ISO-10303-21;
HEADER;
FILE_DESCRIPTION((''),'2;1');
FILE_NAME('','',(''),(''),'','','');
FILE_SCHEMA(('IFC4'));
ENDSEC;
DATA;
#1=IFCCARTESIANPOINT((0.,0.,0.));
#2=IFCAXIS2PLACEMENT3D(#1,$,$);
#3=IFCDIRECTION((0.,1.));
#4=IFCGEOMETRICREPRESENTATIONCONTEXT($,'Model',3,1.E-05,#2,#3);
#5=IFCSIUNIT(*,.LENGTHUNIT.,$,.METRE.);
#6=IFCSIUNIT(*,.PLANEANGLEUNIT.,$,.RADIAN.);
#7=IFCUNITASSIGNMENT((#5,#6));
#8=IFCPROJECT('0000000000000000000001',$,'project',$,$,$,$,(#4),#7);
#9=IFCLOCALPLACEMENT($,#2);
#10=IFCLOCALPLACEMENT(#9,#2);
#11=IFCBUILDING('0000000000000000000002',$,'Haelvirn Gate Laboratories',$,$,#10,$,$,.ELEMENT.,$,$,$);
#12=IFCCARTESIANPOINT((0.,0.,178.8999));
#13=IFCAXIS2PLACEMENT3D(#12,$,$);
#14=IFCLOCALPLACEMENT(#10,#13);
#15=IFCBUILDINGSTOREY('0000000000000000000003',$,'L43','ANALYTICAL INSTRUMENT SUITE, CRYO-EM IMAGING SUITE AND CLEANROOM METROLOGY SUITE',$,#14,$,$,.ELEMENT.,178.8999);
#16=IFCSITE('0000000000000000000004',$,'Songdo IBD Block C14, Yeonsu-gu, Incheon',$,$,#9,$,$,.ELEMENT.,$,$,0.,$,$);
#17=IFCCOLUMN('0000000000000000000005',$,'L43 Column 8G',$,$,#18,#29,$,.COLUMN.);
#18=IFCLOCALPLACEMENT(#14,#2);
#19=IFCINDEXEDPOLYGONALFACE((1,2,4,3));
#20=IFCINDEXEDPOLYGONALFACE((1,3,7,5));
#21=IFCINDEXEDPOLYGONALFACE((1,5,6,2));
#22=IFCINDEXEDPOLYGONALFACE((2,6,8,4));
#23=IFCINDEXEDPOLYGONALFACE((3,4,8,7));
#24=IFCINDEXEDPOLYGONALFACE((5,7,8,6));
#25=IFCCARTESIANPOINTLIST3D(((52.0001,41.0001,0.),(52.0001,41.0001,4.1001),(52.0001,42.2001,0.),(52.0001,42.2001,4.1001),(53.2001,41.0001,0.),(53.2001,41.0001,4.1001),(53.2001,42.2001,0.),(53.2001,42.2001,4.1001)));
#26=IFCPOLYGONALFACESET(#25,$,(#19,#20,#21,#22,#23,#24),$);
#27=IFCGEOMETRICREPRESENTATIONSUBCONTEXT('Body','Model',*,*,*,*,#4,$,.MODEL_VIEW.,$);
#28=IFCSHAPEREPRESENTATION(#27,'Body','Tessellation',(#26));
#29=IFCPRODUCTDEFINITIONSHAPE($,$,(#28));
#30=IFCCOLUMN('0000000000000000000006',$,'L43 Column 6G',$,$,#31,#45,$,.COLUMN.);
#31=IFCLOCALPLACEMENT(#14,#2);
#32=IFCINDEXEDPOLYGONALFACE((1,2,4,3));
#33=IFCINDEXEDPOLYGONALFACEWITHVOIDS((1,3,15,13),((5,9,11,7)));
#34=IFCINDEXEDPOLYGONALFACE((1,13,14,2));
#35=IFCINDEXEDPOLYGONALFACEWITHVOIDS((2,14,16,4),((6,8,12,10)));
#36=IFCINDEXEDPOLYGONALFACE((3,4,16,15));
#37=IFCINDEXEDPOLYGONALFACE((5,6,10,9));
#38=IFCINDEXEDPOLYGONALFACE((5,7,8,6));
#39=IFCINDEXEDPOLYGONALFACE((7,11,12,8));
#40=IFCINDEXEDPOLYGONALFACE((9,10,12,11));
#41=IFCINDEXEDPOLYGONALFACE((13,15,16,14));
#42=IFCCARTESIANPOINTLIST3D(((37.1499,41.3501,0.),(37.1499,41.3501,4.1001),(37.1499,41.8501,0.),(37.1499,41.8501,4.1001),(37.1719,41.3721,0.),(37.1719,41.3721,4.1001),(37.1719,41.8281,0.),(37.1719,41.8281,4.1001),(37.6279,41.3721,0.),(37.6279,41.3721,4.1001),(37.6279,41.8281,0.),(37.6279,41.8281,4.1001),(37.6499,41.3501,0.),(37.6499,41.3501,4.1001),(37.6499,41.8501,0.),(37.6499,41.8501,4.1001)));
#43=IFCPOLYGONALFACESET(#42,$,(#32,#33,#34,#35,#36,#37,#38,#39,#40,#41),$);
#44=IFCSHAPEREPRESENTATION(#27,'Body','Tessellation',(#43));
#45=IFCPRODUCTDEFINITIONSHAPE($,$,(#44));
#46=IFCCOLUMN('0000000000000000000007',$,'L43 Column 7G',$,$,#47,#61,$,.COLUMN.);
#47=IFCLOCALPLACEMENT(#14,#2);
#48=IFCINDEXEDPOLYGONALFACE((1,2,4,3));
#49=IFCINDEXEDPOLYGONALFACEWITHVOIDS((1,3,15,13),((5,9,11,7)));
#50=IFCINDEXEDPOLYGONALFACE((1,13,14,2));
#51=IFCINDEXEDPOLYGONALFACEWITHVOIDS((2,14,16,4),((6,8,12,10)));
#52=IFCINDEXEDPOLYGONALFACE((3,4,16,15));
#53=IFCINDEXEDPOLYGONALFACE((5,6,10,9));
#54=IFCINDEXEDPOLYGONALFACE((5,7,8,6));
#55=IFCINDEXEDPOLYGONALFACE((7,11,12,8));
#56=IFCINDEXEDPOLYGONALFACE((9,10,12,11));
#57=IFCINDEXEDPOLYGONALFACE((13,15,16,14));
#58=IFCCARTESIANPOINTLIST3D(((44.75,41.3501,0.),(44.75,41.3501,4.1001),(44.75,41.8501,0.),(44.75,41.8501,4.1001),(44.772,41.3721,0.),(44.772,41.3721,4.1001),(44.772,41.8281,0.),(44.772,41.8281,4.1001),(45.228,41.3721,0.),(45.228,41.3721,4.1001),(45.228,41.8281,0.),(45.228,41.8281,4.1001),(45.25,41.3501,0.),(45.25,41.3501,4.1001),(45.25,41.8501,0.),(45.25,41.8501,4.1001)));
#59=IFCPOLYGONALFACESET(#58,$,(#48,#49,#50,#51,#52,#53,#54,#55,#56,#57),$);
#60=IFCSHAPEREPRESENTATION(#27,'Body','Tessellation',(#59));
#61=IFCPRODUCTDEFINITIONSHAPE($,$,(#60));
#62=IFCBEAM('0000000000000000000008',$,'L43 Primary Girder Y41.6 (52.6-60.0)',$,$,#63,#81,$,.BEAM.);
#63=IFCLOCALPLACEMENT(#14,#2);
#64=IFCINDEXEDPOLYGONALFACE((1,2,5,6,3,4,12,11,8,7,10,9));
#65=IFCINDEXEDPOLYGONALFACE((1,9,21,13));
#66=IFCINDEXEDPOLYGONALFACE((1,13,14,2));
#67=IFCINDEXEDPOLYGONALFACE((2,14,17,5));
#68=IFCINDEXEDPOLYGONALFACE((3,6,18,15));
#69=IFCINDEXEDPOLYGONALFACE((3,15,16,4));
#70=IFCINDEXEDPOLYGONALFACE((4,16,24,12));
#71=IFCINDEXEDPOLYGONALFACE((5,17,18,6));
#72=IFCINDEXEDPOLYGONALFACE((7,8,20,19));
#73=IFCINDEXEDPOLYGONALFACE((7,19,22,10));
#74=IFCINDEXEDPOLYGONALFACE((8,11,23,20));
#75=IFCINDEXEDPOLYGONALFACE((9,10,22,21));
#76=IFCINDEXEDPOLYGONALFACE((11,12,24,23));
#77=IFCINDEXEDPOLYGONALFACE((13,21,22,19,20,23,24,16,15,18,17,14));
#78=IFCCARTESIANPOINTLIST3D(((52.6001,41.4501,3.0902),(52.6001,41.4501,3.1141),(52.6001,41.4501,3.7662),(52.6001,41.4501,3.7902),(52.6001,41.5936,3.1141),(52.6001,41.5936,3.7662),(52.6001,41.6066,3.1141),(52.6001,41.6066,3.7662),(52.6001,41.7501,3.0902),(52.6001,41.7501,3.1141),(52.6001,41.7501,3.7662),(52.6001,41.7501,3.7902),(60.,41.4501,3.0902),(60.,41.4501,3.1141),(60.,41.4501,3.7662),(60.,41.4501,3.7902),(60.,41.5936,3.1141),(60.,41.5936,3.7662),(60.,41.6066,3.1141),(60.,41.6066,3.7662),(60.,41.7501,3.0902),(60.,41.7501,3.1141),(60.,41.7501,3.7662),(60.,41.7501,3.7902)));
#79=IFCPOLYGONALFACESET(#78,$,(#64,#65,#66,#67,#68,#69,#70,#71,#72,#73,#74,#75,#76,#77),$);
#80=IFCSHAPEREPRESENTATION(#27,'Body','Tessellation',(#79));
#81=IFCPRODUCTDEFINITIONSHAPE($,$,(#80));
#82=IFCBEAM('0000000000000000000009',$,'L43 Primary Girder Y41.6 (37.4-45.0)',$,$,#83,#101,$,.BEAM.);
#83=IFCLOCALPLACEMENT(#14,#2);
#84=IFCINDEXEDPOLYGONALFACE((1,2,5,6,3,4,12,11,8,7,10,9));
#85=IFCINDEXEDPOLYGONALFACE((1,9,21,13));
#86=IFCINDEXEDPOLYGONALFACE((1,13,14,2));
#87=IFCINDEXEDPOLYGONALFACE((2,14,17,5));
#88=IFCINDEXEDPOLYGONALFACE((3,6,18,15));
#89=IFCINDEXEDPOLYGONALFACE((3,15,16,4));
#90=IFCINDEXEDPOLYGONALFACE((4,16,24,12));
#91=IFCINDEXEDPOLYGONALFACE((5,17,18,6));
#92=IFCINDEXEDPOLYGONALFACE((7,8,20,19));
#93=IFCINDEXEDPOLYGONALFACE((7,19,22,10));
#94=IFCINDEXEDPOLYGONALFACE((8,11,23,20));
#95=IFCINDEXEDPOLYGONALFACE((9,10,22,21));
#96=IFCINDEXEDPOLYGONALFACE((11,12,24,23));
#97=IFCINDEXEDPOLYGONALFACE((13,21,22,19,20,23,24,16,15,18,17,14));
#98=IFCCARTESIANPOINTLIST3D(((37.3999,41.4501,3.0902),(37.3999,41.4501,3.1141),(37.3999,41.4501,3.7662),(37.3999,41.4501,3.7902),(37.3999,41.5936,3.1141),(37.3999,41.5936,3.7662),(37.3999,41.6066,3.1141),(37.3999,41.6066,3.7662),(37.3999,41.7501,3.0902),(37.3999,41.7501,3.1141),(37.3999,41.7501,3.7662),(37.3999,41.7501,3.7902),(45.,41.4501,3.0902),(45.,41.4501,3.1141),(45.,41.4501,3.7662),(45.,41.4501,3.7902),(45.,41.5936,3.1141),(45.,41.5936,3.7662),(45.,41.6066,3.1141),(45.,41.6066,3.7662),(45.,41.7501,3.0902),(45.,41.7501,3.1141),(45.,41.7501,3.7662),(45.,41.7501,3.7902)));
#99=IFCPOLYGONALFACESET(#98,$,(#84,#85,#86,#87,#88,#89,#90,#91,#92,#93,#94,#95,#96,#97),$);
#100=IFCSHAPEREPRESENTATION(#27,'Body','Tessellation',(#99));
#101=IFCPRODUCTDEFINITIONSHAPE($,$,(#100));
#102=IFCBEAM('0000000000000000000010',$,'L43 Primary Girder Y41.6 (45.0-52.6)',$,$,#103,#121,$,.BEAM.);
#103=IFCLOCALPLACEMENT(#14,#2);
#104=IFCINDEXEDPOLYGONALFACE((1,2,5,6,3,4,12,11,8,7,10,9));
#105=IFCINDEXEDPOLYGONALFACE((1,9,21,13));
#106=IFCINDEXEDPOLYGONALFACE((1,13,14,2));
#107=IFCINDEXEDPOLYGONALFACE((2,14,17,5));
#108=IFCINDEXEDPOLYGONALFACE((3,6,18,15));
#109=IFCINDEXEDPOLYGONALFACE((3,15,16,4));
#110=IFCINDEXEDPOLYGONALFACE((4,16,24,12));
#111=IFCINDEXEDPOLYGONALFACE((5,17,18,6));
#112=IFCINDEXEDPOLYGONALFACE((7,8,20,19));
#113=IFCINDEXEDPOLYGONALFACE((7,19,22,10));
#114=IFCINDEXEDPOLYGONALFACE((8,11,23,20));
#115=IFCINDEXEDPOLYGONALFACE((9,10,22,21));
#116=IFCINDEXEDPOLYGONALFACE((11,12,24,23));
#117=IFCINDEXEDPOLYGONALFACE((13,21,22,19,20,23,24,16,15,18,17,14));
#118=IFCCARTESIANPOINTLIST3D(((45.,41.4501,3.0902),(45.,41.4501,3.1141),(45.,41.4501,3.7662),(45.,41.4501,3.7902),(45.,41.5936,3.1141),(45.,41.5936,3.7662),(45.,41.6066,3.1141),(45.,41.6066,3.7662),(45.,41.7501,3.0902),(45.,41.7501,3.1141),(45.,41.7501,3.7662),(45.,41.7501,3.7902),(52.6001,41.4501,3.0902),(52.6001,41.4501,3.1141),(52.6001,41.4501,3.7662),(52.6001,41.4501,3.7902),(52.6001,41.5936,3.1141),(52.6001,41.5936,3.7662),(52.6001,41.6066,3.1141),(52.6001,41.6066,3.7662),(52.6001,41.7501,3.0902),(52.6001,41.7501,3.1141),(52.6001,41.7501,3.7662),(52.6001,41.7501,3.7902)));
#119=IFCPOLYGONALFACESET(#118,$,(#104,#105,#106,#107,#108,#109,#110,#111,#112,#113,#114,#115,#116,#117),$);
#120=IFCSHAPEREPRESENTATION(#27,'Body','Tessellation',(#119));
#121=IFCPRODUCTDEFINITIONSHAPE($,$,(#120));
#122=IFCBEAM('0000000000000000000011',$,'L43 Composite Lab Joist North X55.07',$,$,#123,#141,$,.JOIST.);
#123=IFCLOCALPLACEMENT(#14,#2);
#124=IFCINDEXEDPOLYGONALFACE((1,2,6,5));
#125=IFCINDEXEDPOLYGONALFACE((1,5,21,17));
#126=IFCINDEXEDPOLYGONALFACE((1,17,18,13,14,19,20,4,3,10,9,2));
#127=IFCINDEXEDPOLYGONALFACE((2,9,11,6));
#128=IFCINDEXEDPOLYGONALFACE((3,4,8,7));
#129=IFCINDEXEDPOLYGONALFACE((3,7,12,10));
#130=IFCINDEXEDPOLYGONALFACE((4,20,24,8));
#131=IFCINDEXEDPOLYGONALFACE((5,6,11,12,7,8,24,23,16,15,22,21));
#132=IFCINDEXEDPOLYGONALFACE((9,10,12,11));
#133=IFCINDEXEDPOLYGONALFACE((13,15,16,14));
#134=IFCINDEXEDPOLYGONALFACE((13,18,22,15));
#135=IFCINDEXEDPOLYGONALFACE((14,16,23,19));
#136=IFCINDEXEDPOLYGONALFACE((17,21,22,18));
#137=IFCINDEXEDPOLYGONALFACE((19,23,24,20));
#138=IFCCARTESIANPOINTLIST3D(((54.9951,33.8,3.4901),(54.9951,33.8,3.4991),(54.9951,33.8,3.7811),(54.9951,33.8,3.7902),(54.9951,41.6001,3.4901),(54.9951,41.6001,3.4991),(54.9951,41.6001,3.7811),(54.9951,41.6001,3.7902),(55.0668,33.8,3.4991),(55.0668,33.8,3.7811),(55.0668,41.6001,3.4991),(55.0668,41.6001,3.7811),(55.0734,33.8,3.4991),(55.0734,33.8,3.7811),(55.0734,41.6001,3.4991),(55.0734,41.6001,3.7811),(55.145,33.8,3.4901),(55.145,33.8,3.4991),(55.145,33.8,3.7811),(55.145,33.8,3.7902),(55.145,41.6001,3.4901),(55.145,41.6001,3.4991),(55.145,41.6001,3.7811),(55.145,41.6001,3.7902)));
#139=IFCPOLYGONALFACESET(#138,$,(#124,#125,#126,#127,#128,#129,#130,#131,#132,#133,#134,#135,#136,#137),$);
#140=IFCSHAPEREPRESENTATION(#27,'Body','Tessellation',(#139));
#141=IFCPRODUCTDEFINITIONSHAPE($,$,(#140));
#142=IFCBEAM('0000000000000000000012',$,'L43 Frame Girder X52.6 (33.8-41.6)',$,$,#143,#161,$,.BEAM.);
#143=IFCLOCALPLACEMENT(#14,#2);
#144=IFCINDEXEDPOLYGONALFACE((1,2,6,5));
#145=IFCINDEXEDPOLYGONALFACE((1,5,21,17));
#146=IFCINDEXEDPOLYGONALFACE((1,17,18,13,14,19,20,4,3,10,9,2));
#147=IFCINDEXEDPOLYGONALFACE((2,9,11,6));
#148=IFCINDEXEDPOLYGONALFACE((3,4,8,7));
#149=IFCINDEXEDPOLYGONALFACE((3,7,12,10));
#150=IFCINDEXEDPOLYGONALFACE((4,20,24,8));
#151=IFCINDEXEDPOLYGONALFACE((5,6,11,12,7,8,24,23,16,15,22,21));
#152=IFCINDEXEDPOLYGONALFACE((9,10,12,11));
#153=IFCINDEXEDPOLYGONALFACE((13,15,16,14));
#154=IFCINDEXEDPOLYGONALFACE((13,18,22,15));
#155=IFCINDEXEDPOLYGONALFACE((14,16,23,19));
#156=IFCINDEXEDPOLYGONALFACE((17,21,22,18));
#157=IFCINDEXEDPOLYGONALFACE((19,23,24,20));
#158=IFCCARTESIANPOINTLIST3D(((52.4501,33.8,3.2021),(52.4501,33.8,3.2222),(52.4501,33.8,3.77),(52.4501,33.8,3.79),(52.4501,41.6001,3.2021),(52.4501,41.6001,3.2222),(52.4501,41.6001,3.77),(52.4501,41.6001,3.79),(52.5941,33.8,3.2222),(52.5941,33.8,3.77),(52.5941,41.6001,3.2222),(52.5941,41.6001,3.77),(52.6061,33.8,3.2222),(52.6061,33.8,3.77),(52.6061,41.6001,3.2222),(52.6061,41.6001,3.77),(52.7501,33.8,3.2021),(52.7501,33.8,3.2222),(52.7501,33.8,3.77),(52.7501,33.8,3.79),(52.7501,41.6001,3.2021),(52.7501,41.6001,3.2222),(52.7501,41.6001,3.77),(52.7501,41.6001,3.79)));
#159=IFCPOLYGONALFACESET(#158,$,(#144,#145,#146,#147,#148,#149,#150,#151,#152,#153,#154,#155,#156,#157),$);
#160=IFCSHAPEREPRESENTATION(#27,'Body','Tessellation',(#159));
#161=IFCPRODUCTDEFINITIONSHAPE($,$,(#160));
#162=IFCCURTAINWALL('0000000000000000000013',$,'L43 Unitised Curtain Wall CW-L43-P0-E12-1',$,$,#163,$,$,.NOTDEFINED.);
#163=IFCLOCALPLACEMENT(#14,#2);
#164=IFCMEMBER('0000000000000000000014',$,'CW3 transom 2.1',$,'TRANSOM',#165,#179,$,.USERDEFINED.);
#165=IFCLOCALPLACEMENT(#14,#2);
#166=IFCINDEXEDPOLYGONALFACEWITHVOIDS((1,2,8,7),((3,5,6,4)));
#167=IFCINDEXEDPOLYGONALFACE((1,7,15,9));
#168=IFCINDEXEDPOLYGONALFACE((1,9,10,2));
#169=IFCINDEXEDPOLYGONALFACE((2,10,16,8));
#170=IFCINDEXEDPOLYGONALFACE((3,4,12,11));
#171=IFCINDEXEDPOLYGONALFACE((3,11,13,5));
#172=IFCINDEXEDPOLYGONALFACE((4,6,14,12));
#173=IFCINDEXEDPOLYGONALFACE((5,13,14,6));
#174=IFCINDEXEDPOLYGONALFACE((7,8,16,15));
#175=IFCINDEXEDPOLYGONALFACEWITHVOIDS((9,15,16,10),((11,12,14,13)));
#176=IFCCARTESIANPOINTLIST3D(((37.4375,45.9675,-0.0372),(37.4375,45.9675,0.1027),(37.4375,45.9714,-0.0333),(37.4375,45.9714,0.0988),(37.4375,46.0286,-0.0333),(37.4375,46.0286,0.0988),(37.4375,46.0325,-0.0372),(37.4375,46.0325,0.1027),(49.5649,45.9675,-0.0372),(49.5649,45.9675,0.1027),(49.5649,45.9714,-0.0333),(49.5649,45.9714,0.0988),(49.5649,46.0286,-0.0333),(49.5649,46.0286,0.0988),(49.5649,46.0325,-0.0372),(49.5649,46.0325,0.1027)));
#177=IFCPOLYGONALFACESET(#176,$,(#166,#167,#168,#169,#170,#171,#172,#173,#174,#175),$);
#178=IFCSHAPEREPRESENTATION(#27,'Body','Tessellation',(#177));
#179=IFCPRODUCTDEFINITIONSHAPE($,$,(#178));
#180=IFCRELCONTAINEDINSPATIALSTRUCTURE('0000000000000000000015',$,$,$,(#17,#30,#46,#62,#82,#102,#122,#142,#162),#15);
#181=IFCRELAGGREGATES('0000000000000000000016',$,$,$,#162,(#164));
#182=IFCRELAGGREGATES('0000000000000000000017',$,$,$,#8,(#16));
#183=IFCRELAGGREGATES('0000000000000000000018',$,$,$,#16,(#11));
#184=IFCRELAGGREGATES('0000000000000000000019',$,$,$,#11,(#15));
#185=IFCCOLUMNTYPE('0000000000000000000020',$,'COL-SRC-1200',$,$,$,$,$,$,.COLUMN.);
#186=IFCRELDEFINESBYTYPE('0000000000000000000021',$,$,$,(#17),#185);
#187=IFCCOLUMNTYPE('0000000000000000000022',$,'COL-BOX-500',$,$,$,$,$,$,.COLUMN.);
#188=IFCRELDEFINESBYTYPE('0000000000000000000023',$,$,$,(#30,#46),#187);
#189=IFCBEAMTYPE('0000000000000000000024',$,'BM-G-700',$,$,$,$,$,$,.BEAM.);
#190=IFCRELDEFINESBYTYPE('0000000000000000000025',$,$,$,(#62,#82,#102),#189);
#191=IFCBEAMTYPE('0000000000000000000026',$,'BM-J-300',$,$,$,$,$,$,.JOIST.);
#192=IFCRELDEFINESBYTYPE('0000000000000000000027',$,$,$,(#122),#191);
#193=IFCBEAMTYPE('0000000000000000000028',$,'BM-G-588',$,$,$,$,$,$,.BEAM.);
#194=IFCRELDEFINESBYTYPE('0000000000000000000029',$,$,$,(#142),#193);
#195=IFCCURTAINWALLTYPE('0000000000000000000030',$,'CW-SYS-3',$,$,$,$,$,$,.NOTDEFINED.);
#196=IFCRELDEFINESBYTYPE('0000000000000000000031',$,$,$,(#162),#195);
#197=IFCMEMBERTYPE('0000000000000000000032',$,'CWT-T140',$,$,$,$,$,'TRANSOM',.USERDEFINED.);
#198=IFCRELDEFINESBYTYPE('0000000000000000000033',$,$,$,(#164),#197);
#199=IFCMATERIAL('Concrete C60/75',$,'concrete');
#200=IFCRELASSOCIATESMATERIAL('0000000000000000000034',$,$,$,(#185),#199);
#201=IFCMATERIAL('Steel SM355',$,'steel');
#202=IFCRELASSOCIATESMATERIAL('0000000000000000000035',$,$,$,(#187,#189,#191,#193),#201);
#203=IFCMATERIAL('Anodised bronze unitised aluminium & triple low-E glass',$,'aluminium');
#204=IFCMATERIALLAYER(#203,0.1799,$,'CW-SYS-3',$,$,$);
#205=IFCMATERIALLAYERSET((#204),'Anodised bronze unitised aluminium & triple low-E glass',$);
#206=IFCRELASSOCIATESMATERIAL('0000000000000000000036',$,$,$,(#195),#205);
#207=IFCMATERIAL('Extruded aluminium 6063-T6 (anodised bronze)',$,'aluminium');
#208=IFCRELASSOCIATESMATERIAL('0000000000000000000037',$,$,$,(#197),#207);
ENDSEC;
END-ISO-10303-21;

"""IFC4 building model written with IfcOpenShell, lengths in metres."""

from ifc_helpers import new_model, si_unit, direction, frame, origin, origin_2d, place, context, subcontext, project, spatial, rectangle, hollow_rectangle, i_section, extrude, source, transform, mapped, material, layer, layer_set, material_profile, profile_set, type_object, type_shapes, element, aggregate, save


model = new_model("IFC4")

# Units and contexts
model_context = context("Model", 3, precision=1e-05, world=origin(), true_north=direction((0.0, 1.0)))
body_context = subcontext(model_context, "Body", "Model", "MODEL_VIEW")
ifc_project = project(units=[si_unit("LENGTHUNIT", "METRE"), si_unit("PLANEANGLEUNIT", "RADIAN")], contexts=[model_context])

# Site, building, storey
site_placement = place(None, origin())
site = spatial("IfcSite", under=ifc_project, at=site_placement, Name="Songdo IBD Block C14, Yeonsu-gu, Incheon", CompositionType="ELEMENT", RefElevation=0.0)
building_placement = place(site_placement, origin())
building = spatial("IfcBuilding", under=site, at=building_placement, Name="Haelvirn Gate Laboratories", CompositionType="ELEMENT")
storey_placement = place(building_placement, frame((0.0, 0.0, 178.8999)))
storey = spatial("IfcBuildingStorey", under=building, at=storey_placement, Name="L43", Description="ANALYTICAL INSTRUMENT SUITE, CRYO-EM IMAGING SUITE AND CLEANROOM METROLOGY SUITE", CompositionType="ELEMENT", Elevation=178.8999)

# Columns
ifc_material_1 = material(Name="Concrete C60/75", Category="concrete")
ifc_material_profile_1 = material_profile(ifc_material_1, rectangle(XDim=1.2, YDim=1.2, at=origin_2d()), Name="SRC-1200x1200")
ifc_profile_set_1 = profile_set([ifc_material_profile_1], Name="Concrete C60/75")
column_type_1 = type_object("IfcColumnType", Name="COL-SRC-1200", PredefinedType="COLUMN", material=ifc_profile_set_1)
shared_shape_1 = source(origin(), body_context, "Body", "SweptSolid", [
    extrude(rectangle(XDim=1.2, YDim=1.2, at=origin_2d()), origin(), (0.0, 0.0, 1.0), 4.1001),
])
type_shapes(column_type_1, [shared_shape_1])
column_placement = place(storey_placement, frame((52.6001, 41.6001, 0.0), z_axis=(0.0, 0.0, 1.0), x_axis=(1.0, 0.0, 0.0)))
element("IfcColumn", 1, at=column_placement, inside=storey, type_object=column_type_1, Name="L43 Column 8G", PredefinedType="COLUMN", context=body_context, shape_type="MappedRepresentation", body=[
    mapped(shared_shape_1, transform((0.0, 0.0, 0.0), scale=1.0)),
])
ifc_material_2 = material(Name="Steel SM355", Category="steel")
ifc_material_profile_2 = material_profile(ifc_material_2, hollow_rectangle(XDim=0.5, YDim=0.5, WallThickness=0.022, at=origin_2d()), Name="BOX-500x500x22")
ifc_profile_set_2 = profile_set([ifc_material_profile_2], Name="Steel SM355")
column_type_2 = type_object("IfcColumnType", Name="COL-BOX-500", PredefinedType="COLUMN", material=ifc_profile_set_2)
shared_shape_2 = source(origin(), body_context, "Body", "SweptSolid", [
    extrude(hollow_rectangle(XDim=0.5, YDim=0.5, WallThickness=0.022, at=origin_2d()), origin(), (0.0, 0.0, 1.0), 4.1001),
])
type_shapes(column_type_2, [shared_shape_2])
for number, where, z_axis, x_axis, name in (
    (2, (37.3999, 41.6001, 0.0), (0.0, 0.0, 1.0), (1.0, 0.0, 0.0), "L43 Column 6G"),
    (3, (45.0, 41.6001, 0.0), (0.0, 0.0, 1.0), (1.0, 0.0, 0.0), "L43 Column 7G"),
):
    element("IfcColumn", number, at=place(storey_placement, frame(where, z_axis=z_axis, x_axis=x_axis)), inside=storey, type_object=column_type_2, Name=name, PredefinedType="COLUMN", context=body_context, shape_type="MappedRepresentation", body=[
        mapped(shared_shape_2, transform((0.0, 0.0, 0.0), scale=1.0)),
    ])

# Beams
ifc_material_profile_3 = material_profile(ifc_material_2, i_section(OverallWidth=0.3, OverallDepth=0.7, WebThickness=0.0129, FlangeThickness=0.0239, at=origin_2d()), Name="H-700x300x13x24")
ifc_profile_set_3 = profile_set([ifc_material_profile_3], Name="Steel SM355")
beam_type_1 = type_object("IfcBeamType", Name="BM-G-700", PredefinedType="BEAM", material=ifc_profile_set_3)
shared_shape_3 = source(origin(), body_context, "Body", "SweptSolid", [
    extrude(i_section(OverallWidth=0.3, OverallDepth=0.7, WebThickness=0.0129, FlangeThickness=0.0239, at=origin_2d()), origin(), (0.0, 0.0, 1.0), 7.3999),
])
beam_1_placement = place(storey_placement, frame((52.6001, 41.6001, 3.4402), z_axis=(1.0, 0.0, 0.0), x_axis=(0.0, 1.0, 0.0)))
element("IfcBeam", 4, at=beam_1_placement, inside=storey, type_object=beam_type_1, Name="L43 Primary Girder Y41.6 (52.6-60.0)", PredefinedType="BEAM", context=body_context, shape_type="MappedRepresentation", body=[
    mapped(shared_shape_3, transform((0.0, 0.0, 0.0), scale=1.0)),
])
shared_shape_4 = source(origin(), body_context, "Body", "SweptSolid", [
    extrude(i_section(OverallWidth=0.3, OverallDepth=0.7, WebThickness=0.0129, FlangeThickness=0.0239, at=origin_2d()), origin(), (0.0, 0.0, 1.0), 7.6001),
])
type_shapes(beam_type_1, [shared_shape_3, shared_shape_4])
for number, where, z_axis, x_axis, name in (
    (5, (37.3999, 41.6001, 3.4402), (1.0, 0.0, 0.0), (0.0, 1.0, 0.0), "L43 Primary Girder Y41.6 (37.4-45.0)"),
    (6, (45.0, 41.6001, 3.4402), (1.0, 0.0, 0.0), (0.0, 1.0, 0.0), "L43 Primary Girder Y41.6 (45.0-52.6)"),
):
    element("IfcBeam", number, at=place(storey_placement, frame(where, z_axis=z_axis, x_axis=x_axis)), inside=storey, type_object=beam_type_1, Name=name, PredefinedType="BEAM", context=body_context, shape_type="MappedRepresentation", body=[
        mapped(shared_shape_4, transform((0.0, 0.0, 0.0), scale=1.0)),
    ])
ifc_material_profile_4 = material_profile(ifc_material_2, i_section(OverallWidth=0.1499, OverallDepth=0.3, WebThickness=0.0066, FlangeThickness=0.009, at=origin_2d()), Name="H-300x150x6.5x9")
ifc_profile_set_4 = profile_set([ifc_material_profile_4], Name="Steel SM355")
beam_type_2 = type_object("IfcBeamType", Name="BM-J-300", PredefinedType="JOIST", material=ifc_profile_set_4)
shared_shape_5 = source(origin(), body_context, "Body", "SweptSolid", [
    extrude(i_section(OverallWidth=0.1499, OverallDepth=0.3, WebThickness=0.0066, FlangeThickness=0.009, at=origin_2d()), origin(), (0.0, 0.0, 1.0), 7.8),
])
type_shapes(beam_type_2, [shared_shape_5])
beam_2_placement = place(storey_placement, frame((55.0701, 33.8, 3.6401), z_axis=(0.0, 1.0, 0.0), x_axis=(-1.0, 0.0, 0.0)))
element("IfcBeam", 7, at=beam_2_placement, inside=storey, type_object=beam_type_2, Name="L43 Composite Lab Joist North X55.07", PredefinedType="JOIST", context=body_context, shape_type="MappedRepresentation", body=[
    mapped(shared_shape_5, transform((0.0, 0.0, 0.0), scale=1.0)),
])
ifc_material_profile_5 = material_profile(ifc_material_2, i_section(OverallWidth=0.3, OverallDepth=0.5879, WebThickness=0.012, FlangeThickness=0.02, at=origin_2d()), Name="H-588x300x12x20")
ifc_profile_set_5 = profile_set([ifc_material_profile_5], Name="Steel SM355")
beam_type_3 = type_object("IfcBeamType", Name="BM-G-588", PredefinedType="BEAM", material=ifc_profile_set_5)
shared_shape_6 = source(origin(), body_context, "Body", "SweptSolid", [
    extrude(i_section(OverallWidth=0.3, OverallDepth=0.5879, WebThickness=0.012, FlangeThickness=0.02, at=origin_2d()), origin(), (0.0, 0.0, 1.0), 7.8),
])
type_shapes(beam_type_3, [shared_shape_6])
beam_3_placement = place(storey_placement, frame((52.6001, 33.8, 3.4961), z_axis=(0.0, 1.0, 0.0), x_axis=(-1.0, 0.0, 0.0)))
element("IfcBeam", 8, at=beam_3_placement, inside=storey, type_object=beam_type_3, Name="L43 Frame Girder X52.6 (33.8-41.6)", PredefinedType="BEAM", context=body_context, shape_type="MappedRepresentation", body=[
    mapped(shared_shape_6, transform((0.0, 0.0, 0.0), scale=1.0)),
])

# Curtain wall, member
ifc_material_3 = material(Name="Anodised bronze unitised aluminium & triple low-E glass", Category="aluminium")
ifc_layer_1 = layer(ifc_material_3, 0.1799, Name="CW-SYS-3")
ifc_layer_set_1 = layer_set([ifc_layer_1], Name="Anodised bronze unitised aluminium & triple low-E glass")
curtain_wall_type = type_object("IfcCurtainWallType", Name="CW-SYS-3", PredefinedType="NOTDEFINED", material=ifc_layer_set_1)
curtain_wall_1_placement = place(storey_placement, origin())
curtain_wall_1 = element("IfcCurtainWall", 9, at=curtain_wall_1_placement, inside=storey, type_object=curtain_wall_type, Name="L43 Unitised Curtain Wall CW-L43-P0-E12-1", PredefinedType="NOTDEFINED")
ifc_material_4 = material(Name="Extruded aluminium 6063-T6 (anodised bronze)", Category="aluminium")
ifc_material_profile_6 = material_profile(ifc_material_4, hollow_rectangle(XDim=0.0649, YDim=0.1399, WallThickness=0.0039, at=origin_2d()), Name="CWT-140x65x4")
ifc_profile_set_6 = profile_set([ifc_material_profile_6], Name="Extruded aluminium 6063-T6 (anodised bronze)")
member_type_1 = type_object("IfcMemberType", Name="CWT-T140", ElementType="TRANSOM", PredefinedType="USERDEFINED", material=ifc_profile_set_6)
shared_shape_7 = source(origin(), body_context, "Body", "SweptSolid", [
    extrude(hollow_rectangle(XDim=0.0649, YDim=0.1399, WallThickness=0.0039, at=origin_2d()), origin(), (0.0, 0.0, 1.0), 12.1274),
])
member_1_placement = place(storey_placement, frame((37.4375, 46.0, 0.0327), z_axis=(1.0, 0.0, 0.0), x_axis=(0.0, 1.0, 0.0)))
member_1 = element("IfcMember", 10, at=member_1_placement, type_object=member_type_1, Name="CW3 transom 2.1", ObjectType="TRANSOM", PredefinedType="USERDEFINED", context=body_context, shape_type="MappedRepresentation", body=[
    mapped(shared_shape_7, transform((0.0, 0.0, 0.0), scale=1.0)),
])

aggregate(curtain_wall_1, [member_1])

save(model, "model.ifc")
